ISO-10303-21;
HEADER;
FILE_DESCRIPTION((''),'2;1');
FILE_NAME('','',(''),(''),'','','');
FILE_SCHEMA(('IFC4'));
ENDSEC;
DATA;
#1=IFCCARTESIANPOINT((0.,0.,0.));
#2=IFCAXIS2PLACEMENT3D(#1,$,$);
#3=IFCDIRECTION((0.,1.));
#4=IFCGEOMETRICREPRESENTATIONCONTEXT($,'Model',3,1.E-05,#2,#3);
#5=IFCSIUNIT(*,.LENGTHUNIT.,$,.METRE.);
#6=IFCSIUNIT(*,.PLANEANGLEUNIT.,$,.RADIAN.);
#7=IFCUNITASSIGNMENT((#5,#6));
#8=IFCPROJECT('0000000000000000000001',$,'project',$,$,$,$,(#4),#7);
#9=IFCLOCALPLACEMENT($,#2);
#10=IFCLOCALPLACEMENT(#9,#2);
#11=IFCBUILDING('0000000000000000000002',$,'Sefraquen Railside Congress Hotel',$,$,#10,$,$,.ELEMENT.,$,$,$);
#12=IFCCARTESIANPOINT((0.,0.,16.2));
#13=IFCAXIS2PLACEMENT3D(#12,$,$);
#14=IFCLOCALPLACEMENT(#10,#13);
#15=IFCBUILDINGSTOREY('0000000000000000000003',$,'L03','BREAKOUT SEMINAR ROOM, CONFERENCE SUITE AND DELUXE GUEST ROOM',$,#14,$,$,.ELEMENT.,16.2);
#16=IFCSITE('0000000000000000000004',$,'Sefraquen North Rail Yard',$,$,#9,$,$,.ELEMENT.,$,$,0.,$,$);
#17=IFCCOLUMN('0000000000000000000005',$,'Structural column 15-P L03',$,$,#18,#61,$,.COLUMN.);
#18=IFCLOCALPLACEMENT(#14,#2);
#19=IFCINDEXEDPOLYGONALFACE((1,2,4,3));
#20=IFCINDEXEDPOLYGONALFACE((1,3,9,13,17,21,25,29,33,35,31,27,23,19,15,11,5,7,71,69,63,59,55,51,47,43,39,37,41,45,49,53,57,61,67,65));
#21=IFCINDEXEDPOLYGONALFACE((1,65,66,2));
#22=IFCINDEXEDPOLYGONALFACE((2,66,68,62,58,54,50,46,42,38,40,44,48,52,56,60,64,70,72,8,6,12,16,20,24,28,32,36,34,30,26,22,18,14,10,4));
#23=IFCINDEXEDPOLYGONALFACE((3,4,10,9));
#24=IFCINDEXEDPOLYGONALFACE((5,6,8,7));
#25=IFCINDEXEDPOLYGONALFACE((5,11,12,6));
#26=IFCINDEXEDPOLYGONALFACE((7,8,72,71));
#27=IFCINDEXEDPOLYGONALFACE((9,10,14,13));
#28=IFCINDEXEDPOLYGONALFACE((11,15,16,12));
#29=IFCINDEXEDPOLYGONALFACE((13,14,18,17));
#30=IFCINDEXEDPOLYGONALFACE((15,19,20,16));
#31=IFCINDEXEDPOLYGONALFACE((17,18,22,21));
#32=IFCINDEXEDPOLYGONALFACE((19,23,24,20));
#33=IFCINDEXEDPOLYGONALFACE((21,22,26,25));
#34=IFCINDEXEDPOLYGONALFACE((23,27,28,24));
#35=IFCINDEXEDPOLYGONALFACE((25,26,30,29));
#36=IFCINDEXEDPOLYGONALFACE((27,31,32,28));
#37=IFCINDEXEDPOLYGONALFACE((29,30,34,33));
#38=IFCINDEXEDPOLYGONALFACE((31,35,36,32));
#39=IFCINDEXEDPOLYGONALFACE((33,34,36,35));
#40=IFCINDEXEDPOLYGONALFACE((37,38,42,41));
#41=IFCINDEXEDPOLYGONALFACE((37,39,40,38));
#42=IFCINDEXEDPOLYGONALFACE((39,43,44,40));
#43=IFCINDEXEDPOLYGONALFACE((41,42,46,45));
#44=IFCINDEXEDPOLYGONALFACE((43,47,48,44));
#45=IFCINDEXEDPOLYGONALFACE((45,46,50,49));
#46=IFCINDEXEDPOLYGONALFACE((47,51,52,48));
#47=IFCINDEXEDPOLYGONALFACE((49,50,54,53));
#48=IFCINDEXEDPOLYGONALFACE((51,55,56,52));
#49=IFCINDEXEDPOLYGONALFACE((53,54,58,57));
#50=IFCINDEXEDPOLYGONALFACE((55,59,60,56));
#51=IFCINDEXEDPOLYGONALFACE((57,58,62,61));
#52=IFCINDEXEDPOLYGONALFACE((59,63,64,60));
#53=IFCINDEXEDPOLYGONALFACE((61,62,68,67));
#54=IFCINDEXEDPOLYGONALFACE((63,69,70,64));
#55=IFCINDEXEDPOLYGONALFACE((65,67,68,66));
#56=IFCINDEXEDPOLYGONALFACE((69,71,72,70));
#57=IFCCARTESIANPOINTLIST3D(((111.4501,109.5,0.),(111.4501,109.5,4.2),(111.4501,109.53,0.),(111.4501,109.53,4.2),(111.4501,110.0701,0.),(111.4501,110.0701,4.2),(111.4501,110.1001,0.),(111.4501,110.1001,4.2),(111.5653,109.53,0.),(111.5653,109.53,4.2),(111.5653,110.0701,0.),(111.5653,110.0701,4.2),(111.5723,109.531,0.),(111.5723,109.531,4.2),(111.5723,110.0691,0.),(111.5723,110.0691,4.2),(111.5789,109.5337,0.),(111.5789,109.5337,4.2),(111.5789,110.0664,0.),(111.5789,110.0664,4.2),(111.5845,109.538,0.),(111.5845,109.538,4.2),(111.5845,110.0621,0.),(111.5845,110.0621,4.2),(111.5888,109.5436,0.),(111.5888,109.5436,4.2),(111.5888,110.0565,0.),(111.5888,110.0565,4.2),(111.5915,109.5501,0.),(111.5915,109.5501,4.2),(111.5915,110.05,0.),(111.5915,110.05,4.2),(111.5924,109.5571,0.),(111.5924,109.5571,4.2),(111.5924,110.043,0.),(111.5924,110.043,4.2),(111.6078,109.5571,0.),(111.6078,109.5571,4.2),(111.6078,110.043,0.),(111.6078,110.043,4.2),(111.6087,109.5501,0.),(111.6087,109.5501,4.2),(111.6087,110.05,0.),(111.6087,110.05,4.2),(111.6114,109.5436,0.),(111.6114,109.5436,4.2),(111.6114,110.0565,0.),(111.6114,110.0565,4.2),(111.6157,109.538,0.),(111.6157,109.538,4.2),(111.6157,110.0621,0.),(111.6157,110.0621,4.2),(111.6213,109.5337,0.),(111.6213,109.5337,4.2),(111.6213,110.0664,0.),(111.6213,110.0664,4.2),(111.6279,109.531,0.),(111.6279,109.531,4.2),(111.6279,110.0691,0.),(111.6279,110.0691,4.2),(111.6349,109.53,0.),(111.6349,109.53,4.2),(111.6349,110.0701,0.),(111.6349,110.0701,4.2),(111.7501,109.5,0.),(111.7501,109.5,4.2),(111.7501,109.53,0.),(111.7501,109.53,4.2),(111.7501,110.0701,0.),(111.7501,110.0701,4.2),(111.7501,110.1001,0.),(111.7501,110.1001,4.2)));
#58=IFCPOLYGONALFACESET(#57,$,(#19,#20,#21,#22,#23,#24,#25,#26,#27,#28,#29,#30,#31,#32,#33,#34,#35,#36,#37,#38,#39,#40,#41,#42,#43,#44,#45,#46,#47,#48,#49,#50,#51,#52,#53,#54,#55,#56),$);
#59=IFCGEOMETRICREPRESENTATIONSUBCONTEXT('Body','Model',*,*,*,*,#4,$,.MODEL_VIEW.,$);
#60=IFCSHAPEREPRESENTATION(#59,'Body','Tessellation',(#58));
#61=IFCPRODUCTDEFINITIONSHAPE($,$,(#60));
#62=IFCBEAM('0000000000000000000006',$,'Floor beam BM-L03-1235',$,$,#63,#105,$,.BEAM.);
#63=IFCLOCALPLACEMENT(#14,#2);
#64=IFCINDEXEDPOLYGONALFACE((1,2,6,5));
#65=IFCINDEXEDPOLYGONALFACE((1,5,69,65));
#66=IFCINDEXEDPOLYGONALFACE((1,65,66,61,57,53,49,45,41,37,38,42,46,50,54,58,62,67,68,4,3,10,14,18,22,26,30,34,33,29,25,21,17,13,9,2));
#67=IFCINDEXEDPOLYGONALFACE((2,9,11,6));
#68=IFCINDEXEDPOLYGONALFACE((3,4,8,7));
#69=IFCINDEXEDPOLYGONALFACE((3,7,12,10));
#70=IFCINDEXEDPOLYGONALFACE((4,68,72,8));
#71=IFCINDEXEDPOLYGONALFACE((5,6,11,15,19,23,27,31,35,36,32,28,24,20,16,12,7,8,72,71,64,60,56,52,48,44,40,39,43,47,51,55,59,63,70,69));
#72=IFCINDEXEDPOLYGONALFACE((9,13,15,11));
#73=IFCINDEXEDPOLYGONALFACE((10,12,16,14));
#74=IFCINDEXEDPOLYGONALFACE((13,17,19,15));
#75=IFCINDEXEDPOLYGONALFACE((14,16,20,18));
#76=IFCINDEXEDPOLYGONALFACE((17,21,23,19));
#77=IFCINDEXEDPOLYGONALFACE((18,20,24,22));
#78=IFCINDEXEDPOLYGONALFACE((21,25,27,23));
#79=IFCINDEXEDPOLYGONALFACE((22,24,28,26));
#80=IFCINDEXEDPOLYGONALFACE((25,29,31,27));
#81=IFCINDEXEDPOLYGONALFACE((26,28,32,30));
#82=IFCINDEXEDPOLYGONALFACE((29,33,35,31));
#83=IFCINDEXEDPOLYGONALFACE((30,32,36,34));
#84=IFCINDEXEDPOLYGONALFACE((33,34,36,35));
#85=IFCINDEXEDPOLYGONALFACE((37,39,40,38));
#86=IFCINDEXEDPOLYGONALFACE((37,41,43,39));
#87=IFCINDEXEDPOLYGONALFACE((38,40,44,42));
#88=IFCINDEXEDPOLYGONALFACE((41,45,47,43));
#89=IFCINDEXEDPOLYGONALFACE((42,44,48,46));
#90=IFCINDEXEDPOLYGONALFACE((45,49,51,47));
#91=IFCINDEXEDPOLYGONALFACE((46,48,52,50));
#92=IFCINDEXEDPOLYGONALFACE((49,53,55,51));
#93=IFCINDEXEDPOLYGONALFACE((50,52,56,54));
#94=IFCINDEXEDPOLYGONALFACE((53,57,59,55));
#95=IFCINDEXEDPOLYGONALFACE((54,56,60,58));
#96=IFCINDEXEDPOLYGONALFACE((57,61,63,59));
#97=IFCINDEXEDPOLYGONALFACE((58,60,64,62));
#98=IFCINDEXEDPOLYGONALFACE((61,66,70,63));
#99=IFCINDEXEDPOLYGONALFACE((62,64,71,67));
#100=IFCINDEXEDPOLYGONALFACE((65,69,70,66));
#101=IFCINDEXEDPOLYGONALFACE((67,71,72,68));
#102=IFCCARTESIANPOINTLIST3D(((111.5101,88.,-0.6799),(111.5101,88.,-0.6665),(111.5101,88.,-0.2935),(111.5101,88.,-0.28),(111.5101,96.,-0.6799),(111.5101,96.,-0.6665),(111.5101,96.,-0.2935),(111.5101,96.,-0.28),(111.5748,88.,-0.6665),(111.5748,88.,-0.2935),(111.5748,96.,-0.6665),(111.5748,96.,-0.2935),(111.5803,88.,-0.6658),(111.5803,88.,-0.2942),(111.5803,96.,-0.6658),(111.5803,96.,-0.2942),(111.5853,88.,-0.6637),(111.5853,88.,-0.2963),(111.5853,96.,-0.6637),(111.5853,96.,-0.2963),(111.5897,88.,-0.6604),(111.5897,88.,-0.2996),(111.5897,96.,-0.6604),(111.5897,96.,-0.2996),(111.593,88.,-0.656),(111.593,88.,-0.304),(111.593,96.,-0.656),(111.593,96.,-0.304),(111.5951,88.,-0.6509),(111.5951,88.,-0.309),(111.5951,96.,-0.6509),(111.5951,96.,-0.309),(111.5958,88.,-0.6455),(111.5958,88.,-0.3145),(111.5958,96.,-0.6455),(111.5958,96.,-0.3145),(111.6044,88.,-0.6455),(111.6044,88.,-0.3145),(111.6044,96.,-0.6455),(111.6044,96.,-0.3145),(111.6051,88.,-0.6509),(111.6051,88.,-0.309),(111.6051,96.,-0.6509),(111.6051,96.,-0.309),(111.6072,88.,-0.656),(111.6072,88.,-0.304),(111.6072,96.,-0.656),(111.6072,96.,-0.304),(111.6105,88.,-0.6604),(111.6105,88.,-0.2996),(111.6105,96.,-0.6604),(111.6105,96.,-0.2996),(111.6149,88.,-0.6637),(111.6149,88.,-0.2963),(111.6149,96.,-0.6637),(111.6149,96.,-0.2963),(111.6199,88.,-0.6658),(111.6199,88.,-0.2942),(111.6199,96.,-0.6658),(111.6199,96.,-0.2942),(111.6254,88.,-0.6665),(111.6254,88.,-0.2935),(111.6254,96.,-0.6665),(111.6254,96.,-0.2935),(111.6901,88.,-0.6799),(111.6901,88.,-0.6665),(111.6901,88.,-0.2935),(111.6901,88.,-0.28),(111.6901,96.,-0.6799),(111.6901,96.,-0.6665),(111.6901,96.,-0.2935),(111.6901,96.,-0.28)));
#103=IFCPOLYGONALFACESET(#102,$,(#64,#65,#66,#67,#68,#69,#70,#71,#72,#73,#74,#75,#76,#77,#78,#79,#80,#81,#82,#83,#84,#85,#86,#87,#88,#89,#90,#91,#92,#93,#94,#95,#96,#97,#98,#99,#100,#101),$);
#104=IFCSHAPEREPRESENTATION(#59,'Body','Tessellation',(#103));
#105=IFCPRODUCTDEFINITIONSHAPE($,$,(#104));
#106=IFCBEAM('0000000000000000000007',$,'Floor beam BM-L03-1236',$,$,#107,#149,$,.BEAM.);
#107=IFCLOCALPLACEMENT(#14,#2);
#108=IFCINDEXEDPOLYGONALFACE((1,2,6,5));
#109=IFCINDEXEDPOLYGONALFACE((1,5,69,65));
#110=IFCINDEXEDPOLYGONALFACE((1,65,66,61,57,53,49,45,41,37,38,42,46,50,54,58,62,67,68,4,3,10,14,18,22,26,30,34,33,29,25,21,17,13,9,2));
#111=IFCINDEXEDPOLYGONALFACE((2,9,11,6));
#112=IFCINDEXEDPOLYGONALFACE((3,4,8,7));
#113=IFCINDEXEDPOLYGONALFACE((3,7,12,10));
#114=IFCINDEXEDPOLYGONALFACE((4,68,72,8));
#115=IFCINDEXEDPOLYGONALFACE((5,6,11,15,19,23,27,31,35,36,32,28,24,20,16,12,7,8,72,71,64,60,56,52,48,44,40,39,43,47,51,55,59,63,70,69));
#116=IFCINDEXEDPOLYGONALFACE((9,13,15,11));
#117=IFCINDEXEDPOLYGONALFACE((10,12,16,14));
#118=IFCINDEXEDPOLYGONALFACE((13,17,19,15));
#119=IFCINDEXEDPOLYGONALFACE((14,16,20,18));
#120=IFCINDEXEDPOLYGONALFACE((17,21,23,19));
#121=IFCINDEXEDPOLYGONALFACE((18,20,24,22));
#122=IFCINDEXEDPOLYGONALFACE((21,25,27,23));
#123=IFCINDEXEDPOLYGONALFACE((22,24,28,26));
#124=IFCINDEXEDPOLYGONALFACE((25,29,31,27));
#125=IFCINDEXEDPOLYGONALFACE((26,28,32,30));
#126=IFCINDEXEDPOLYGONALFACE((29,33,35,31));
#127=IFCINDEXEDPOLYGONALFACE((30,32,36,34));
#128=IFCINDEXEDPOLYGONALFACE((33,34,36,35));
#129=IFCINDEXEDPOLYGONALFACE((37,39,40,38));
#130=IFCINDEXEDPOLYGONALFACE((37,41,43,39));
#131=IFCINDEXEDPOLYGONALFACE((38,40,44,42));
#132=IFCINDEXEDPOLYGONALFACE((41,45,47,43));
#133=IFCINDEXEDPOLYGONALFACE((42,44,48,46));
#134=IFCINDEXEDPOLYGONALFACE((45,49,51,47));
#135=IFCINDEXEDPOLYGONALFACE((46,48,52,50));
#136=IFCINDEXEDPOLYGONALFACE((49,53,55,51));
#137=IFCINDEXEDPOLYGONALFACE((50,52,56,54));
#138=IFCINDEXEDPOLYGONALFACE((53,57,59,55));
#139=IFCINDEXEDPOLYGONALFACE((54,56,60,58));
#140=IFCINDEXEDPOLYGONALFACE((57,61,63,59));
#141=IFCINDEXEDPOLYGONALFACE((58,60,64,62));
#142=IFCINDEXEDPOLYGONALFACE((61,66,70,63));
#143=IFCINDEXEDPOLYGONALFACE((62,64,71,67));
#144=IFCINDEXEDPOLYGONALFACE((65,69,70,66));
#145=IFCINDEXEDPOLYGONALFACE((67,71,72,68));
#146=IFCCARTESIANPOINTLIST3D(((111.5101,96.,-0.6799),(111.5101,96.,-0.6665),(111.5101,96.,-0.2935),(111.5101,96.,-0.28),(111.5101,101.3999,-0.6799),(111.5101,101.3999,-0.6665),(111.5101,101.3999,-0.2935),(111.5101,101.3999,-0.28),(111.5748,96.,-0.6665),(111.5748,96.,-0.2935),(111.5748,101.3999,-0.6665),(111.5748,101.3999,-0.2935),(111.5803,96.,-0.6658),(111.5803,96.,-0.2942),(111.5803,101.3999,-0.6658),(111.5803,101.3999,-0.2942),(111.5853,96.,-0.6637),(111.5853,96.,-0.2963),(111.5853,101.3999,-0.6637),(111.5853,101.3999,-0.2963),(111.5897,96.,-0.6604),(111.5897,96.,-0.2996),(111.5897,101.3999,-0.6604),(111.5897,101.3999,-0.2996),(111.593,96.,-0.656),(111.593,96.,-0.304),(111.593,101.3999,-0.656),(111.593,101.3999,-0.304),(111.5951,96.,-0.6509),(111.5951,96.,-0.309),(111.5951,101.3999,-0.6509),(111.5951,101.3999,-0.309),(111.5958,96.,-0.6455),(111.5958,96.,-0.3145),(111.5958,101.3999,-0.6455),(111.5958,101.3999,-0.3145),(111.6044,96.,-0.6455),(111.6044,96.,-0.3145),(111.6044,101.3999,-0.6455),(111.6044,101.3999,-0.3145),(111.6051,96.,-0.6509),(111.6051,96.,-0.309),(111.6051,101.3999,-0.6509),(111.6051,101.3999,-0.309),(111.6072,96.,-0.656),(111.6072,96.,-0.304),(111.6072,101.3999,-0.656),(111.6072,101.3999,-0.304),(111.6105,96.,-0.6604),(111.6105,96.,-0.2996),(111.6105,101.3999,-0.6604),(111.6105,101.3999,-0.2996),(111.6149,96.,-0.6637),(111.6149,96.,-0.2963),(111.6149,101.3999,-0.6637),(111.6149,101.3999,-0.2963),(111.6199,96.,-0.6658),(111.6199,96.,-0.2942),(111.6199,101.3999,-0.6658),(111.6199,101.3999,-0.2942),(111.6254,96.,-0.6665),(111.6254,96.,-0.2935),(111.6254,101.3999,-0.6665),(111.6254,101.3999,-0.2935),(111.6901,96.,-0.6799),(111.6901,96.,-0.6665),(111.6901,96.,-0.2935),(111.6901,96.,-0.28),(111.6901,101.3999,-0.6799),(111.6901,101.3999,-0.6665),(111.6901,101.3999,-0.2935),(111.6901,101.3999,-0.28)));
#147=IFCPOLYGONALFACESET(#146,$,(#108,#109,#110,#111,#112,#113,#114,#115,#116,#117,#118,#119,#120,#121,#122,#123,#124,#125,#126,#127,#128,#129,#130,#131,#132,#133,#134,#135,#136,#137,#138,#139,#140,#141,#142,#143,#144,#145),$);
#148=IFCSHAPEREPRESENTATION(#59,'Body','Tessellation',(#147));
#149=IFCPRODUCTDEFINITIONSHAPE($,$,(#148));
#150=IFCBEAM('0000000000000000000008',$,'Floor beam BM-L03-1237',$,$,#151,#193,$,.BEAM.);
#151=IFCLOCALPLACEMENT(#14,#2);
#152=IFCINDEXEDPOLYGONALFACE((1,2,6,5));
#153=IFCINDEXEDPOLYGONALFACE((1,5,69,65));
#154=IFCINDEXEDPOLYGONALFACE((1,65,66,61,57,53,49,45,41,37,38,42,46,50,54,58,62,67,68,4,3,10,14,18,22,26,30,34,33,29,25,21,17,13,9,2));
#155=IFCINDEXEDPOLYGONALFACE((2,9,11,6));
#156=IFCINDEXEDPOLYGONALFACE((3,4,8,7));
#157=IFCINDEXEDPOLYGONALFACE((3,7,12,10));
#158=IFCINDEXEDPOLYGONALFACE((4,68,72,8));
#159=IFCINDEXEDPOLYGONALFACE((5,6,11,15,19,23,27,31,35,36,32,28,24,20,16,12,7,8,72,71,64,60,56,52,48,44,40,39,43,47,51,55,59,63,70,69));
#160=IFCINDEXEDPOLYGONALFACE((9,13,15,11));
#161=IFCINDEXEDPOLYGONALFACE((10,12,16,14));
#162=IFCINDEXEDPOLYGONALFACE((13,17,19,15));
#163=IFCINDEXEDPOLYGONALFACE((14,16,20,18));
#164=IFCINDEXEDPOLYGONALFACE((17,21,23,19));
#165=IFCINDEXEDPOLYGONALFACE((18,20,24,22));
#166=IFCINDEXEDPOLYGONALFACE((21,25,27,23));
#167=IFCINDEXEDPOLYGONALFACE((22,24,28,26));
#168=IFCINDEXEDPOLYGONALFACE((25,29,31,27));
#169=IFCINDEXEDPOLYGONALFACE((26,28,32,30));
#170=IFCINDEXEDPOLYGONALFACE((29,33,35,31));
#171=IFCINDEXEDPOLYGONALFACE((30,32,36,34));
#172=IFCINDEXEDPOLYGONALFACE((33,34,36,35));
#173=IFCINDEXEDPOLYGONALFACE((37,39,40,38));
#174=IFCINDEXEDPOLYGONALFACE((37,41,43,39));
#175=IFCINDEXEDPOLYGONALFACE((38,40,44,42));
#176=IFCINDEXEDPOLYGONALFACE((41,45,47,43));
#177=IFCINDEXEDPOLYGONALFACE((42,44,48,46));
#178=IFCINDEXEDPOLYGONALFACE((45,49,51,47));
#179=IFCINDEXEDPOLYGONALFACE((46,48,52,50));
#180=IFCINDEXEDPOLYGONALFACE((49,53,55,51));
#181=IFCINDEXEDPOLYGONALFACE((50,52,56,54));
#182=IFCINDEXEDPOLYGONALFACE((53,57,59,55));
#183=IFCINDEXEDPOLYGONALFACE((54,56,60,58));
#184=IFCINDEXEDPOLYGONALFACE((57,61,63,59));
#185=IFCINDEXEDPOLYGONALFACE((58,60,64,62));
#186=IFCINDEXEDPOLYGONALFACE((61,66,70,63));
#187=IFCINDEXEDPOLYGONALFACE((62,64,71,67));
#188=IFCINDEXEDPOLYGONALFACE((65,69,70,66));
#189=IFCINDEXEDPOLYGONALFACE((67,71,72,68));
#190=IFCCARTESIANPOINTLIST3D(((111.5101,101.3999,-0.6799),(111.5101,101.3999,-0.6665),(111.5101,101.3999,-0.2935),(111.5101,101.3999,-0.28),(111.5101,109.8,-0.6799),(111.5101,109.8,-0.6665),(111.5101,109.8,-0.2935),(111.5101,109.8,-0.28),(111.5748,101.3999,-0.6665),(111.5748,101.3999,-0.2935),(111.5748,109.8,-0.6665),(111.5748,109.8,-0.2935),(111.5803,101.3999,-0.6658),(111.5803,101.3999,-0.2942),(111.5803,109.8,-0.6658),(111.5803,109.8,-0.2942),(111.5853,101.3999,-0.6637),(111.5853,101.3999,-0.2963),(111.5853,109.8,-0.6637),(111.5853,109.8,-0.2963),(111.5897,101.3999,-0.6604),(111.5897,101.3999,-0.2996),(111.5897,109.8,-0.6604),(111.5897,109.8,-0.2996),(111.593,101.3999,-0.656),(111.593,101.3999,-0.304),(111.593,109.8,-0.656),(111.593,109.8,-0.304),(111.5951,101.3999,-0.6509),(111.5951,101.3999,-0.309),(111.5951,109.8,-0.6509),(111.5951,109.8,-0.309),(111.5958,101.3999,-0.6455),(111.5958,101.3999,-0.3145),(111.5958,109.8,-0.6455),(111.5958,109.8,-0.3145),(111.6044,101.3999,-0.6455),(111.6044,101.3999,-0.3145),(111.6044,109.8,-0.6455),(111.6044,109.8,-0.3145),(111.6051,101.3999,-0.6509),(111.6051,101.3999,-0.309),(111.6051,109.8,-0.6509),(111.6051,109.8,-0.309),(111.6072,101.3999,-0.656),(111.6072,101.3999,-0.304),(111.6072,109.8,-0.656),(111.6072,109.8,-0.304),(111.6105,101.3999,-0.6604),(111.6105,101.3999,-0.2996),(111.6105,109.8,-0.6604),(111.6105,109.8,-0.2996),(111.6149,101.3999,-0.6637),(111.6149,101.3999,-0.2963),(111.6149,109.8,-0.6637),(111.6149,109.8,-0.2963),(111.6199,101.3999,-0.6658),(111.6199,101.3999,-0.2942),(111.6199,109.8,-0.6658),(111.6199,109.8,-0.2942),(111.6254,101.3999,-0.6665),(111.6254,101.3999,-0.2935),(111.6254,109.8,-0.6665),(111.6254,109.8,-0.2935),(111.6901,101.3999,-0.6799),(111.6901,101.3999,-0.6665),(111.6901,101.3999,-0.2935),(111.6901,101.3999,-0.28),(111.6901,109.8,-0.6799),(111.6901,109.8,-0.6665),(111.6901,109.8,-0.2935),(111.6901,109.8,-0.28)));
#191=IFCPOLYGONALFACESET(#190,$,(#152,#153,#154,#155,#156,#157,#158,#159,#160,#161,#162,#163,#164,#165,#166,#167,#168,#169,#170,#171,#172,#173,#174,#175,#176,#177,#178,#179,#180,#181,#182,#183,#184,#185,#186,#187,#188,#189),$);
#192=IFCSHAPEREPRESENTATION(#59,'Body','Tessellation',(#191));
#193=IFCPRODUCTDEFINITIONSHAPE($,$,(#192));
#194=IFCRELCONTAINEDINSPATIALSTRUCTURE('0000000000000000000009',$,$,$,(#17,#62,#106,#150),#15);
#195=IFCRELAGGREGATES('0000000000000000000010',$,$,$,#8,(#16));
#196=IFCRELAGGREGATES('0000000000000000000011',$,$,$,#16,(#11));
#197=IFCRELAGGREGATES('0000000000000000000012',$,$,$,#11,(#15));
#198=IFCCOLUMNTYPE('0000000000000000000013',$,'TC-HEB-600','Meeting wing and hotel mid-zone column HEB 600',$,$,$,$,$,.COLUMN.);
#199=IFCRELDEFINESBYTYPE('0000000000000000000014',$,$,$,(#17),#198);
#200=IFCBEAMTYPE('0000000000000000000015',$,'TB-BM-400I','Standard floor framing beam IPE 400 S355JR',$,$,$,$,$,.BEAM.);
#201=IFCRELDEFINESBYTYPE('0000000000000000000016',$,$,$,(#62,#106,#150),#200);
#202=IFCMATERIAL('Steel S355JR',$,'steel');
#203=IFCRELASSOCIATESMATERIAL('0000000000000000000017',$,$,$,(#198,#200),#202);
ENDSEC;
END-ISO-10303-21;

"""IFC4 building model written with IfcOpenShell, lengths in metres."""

from ifc_helpers import new_model, si_unit, direction, frame, origin, origin_2d, place, context, subcontext, project, spatial, i_section, extrude, material, material_profile, profile_set, type_object, element, save


model = new_model("IFC4")

# Units and contexts
model_context = context("Model", 3, precision=1e-05, world=origin(), true_north=direction((0.0, 1.0)))
body_context = subcontext(model_context, "Body", "Model", "MODEL_VIEW")
ifc_project = project(units=[si_unit("LENGTHUNIT", "METRE"), si_unit("PLANEANGLEUNIT", "RADIAN")], contexts=[model_context])

# Site, building, storey
site_placement = place(None, origin())
site = spatial("IfcSite", under=ifc_project, at=site_placement, Name="Sefraquen North Rail Yard", CompositionType="ELEMENT", RefElevation=0.0)
building_placement = place(site_placement, origin())
building = spatial("IfcBuilding", under=site, at=building_placement, Name="Sefraquen Railside Congress Hotel", CompositionType="ELEMENT")
storey_placement = place(building_placement, frame((0.0, 0.0, 16.2)))
storey = spatial("IfcBuildingStorey", under=building, at=storey_placement, Name="L03", Description="BREAKOUT SEMINAR ROOM, CONFERENCE SUITE AND DELUXE GUEST ROOM", CompositionType="ELEMENT", Elevation=16.2)

# Column
ifc_material_1 = material(Name="Steel S355JR", Category="steel")
ifc_material_profile_1 = material_profile(ifc_material_1, i_section(OverallWidth=0.3, OverallDepth=0.6001, WebThickness=0.0154, FlangeThickness=0.03, FilletRadius=0.0271, at=origin_2d()), Name="HEB 600")
ifc_profile_set_1 = profile_set([ifc_material_profile_1], Name="Steel S355JR")
column_type_1 = type_object("IfcColumnType", Name="TC-HEB-600", Description="Meeting wing and hotel mid-zone column HEB 600", PredefinedType="COLUMN", material=ifc_profile_set_1)
for number, where, z_axis, x_axis, name in (
    (1, (111.6001, 109.8, 0.0), (0.0, 0.0, 1.0), (1.0, 0.0, 0.0), "Structural column 15-P L03"),
):
    element("IfcColumn", number, at=place(storey_placement, frame(where, z_axis=z_axis, x_axis=x_axis)), inside=storey, type_object=column_type_1, Name=name, PredefinedType="COLUMN", context=body_context, shape_type="SweptSolid", body=[
        extrude(i_section(OverallWidth=0.3, OverallDepth=0.6001, WebThickness=0.0154, FlangeThickness=0.03, FilletRadius=0.0271, at=origin_2d()), origin(), (0.0, 0.0, 1.0), 4.2),
    ])

# Beams
ifc_material_profile_2 = material_profile(ifc_material_1, i_section(OverallWidth=0.1799, OverallDepth=0.3999, WebThickness=0.0085, FlangeThickness=0.0134, FilletRadius=0.021, at=origin_2d()), Name="IPE 400")
ifc_profile_set_2 = profile_set([ifc_material_profile_2], Name="Steel S355JR")
beam_type_1 = type_object("IfcBeamType", Name="TB-BM-400I", Description="Standard floor framing beam IPE 400 S355JR", PredefinedType="BEAM", material=ifc_profile_set_2)
beam_1_placement = place(storey_placement, frame((111.6001, 88.0, -0.48), z_axis=(0.0, 1.0, 0.0), x_axis=(-1.0, 0.0, 0.0)))
element("IfcBeam", 2, at=beam_1_placement, inside=storey, type_object=beam_type_1, Name="Floor beam BM-L03-1235", PredefinedType="BEAM", context=body_context, shape_type="SweptSolid", body=[
    extrude(i_section(OverallWidth=0.1799, OverallDepth=0.3999, WebThickness=0.0085, FlangeThickness=0.0134, FilletRadius=0.021, at=origin_2d()), origin(), (0.0, 0.0, 1.0), 8.0),
])
beam_2_placement = place(storey_placement, frame((111.6001, 96.0, -0.48), z_axis=(0.0, 1.0, 0.0), x_axis=(-1.0, 0.0, 0.0)))
element("IfcBeam", 3, at=beam_2_placement, inside=storey, type_object=beam_type_1, Name="Floor beam BM-L03-1236", PredefinedType="BEAM", context=body_context, shape_type="SweptSolid", body=[
    extrude(i_section(OverallWidth=0.1799, OverallDepth=0.3999, WebThickness=0.0085, FlangeThickness=0.0134, FilletRadius=0.021, at=origin_2d()), origin(), (0.0, 0.0, 1.0), 5.3999),
])
beam_3_placement = place(storey_placement, frame((111.6001, 101.3999, -0.48), z_axis=(0.0, 1.0, 0.0), x_axis=(-1.0, 0.0, 0.0)))
element("IfcBeam", 4, at=beam_3_placement, inside=storey, type_object=beam_type_1, Name="Floor beam BM-L03-1237", PredefinedType="BEAM", context=body_context, shape_type="SweptSolid", body=[
    extrude(i_section(OverallWidth=0.1799, OverallDepth=0.3999, WebThickness=0.0085, FlangeThickness=0.0134, FilletRadius=0.021, at=origin_2d()), origin(), (0.0, 0.0, 1.0), 8.4001),
])

save(model, "model.ifc")
